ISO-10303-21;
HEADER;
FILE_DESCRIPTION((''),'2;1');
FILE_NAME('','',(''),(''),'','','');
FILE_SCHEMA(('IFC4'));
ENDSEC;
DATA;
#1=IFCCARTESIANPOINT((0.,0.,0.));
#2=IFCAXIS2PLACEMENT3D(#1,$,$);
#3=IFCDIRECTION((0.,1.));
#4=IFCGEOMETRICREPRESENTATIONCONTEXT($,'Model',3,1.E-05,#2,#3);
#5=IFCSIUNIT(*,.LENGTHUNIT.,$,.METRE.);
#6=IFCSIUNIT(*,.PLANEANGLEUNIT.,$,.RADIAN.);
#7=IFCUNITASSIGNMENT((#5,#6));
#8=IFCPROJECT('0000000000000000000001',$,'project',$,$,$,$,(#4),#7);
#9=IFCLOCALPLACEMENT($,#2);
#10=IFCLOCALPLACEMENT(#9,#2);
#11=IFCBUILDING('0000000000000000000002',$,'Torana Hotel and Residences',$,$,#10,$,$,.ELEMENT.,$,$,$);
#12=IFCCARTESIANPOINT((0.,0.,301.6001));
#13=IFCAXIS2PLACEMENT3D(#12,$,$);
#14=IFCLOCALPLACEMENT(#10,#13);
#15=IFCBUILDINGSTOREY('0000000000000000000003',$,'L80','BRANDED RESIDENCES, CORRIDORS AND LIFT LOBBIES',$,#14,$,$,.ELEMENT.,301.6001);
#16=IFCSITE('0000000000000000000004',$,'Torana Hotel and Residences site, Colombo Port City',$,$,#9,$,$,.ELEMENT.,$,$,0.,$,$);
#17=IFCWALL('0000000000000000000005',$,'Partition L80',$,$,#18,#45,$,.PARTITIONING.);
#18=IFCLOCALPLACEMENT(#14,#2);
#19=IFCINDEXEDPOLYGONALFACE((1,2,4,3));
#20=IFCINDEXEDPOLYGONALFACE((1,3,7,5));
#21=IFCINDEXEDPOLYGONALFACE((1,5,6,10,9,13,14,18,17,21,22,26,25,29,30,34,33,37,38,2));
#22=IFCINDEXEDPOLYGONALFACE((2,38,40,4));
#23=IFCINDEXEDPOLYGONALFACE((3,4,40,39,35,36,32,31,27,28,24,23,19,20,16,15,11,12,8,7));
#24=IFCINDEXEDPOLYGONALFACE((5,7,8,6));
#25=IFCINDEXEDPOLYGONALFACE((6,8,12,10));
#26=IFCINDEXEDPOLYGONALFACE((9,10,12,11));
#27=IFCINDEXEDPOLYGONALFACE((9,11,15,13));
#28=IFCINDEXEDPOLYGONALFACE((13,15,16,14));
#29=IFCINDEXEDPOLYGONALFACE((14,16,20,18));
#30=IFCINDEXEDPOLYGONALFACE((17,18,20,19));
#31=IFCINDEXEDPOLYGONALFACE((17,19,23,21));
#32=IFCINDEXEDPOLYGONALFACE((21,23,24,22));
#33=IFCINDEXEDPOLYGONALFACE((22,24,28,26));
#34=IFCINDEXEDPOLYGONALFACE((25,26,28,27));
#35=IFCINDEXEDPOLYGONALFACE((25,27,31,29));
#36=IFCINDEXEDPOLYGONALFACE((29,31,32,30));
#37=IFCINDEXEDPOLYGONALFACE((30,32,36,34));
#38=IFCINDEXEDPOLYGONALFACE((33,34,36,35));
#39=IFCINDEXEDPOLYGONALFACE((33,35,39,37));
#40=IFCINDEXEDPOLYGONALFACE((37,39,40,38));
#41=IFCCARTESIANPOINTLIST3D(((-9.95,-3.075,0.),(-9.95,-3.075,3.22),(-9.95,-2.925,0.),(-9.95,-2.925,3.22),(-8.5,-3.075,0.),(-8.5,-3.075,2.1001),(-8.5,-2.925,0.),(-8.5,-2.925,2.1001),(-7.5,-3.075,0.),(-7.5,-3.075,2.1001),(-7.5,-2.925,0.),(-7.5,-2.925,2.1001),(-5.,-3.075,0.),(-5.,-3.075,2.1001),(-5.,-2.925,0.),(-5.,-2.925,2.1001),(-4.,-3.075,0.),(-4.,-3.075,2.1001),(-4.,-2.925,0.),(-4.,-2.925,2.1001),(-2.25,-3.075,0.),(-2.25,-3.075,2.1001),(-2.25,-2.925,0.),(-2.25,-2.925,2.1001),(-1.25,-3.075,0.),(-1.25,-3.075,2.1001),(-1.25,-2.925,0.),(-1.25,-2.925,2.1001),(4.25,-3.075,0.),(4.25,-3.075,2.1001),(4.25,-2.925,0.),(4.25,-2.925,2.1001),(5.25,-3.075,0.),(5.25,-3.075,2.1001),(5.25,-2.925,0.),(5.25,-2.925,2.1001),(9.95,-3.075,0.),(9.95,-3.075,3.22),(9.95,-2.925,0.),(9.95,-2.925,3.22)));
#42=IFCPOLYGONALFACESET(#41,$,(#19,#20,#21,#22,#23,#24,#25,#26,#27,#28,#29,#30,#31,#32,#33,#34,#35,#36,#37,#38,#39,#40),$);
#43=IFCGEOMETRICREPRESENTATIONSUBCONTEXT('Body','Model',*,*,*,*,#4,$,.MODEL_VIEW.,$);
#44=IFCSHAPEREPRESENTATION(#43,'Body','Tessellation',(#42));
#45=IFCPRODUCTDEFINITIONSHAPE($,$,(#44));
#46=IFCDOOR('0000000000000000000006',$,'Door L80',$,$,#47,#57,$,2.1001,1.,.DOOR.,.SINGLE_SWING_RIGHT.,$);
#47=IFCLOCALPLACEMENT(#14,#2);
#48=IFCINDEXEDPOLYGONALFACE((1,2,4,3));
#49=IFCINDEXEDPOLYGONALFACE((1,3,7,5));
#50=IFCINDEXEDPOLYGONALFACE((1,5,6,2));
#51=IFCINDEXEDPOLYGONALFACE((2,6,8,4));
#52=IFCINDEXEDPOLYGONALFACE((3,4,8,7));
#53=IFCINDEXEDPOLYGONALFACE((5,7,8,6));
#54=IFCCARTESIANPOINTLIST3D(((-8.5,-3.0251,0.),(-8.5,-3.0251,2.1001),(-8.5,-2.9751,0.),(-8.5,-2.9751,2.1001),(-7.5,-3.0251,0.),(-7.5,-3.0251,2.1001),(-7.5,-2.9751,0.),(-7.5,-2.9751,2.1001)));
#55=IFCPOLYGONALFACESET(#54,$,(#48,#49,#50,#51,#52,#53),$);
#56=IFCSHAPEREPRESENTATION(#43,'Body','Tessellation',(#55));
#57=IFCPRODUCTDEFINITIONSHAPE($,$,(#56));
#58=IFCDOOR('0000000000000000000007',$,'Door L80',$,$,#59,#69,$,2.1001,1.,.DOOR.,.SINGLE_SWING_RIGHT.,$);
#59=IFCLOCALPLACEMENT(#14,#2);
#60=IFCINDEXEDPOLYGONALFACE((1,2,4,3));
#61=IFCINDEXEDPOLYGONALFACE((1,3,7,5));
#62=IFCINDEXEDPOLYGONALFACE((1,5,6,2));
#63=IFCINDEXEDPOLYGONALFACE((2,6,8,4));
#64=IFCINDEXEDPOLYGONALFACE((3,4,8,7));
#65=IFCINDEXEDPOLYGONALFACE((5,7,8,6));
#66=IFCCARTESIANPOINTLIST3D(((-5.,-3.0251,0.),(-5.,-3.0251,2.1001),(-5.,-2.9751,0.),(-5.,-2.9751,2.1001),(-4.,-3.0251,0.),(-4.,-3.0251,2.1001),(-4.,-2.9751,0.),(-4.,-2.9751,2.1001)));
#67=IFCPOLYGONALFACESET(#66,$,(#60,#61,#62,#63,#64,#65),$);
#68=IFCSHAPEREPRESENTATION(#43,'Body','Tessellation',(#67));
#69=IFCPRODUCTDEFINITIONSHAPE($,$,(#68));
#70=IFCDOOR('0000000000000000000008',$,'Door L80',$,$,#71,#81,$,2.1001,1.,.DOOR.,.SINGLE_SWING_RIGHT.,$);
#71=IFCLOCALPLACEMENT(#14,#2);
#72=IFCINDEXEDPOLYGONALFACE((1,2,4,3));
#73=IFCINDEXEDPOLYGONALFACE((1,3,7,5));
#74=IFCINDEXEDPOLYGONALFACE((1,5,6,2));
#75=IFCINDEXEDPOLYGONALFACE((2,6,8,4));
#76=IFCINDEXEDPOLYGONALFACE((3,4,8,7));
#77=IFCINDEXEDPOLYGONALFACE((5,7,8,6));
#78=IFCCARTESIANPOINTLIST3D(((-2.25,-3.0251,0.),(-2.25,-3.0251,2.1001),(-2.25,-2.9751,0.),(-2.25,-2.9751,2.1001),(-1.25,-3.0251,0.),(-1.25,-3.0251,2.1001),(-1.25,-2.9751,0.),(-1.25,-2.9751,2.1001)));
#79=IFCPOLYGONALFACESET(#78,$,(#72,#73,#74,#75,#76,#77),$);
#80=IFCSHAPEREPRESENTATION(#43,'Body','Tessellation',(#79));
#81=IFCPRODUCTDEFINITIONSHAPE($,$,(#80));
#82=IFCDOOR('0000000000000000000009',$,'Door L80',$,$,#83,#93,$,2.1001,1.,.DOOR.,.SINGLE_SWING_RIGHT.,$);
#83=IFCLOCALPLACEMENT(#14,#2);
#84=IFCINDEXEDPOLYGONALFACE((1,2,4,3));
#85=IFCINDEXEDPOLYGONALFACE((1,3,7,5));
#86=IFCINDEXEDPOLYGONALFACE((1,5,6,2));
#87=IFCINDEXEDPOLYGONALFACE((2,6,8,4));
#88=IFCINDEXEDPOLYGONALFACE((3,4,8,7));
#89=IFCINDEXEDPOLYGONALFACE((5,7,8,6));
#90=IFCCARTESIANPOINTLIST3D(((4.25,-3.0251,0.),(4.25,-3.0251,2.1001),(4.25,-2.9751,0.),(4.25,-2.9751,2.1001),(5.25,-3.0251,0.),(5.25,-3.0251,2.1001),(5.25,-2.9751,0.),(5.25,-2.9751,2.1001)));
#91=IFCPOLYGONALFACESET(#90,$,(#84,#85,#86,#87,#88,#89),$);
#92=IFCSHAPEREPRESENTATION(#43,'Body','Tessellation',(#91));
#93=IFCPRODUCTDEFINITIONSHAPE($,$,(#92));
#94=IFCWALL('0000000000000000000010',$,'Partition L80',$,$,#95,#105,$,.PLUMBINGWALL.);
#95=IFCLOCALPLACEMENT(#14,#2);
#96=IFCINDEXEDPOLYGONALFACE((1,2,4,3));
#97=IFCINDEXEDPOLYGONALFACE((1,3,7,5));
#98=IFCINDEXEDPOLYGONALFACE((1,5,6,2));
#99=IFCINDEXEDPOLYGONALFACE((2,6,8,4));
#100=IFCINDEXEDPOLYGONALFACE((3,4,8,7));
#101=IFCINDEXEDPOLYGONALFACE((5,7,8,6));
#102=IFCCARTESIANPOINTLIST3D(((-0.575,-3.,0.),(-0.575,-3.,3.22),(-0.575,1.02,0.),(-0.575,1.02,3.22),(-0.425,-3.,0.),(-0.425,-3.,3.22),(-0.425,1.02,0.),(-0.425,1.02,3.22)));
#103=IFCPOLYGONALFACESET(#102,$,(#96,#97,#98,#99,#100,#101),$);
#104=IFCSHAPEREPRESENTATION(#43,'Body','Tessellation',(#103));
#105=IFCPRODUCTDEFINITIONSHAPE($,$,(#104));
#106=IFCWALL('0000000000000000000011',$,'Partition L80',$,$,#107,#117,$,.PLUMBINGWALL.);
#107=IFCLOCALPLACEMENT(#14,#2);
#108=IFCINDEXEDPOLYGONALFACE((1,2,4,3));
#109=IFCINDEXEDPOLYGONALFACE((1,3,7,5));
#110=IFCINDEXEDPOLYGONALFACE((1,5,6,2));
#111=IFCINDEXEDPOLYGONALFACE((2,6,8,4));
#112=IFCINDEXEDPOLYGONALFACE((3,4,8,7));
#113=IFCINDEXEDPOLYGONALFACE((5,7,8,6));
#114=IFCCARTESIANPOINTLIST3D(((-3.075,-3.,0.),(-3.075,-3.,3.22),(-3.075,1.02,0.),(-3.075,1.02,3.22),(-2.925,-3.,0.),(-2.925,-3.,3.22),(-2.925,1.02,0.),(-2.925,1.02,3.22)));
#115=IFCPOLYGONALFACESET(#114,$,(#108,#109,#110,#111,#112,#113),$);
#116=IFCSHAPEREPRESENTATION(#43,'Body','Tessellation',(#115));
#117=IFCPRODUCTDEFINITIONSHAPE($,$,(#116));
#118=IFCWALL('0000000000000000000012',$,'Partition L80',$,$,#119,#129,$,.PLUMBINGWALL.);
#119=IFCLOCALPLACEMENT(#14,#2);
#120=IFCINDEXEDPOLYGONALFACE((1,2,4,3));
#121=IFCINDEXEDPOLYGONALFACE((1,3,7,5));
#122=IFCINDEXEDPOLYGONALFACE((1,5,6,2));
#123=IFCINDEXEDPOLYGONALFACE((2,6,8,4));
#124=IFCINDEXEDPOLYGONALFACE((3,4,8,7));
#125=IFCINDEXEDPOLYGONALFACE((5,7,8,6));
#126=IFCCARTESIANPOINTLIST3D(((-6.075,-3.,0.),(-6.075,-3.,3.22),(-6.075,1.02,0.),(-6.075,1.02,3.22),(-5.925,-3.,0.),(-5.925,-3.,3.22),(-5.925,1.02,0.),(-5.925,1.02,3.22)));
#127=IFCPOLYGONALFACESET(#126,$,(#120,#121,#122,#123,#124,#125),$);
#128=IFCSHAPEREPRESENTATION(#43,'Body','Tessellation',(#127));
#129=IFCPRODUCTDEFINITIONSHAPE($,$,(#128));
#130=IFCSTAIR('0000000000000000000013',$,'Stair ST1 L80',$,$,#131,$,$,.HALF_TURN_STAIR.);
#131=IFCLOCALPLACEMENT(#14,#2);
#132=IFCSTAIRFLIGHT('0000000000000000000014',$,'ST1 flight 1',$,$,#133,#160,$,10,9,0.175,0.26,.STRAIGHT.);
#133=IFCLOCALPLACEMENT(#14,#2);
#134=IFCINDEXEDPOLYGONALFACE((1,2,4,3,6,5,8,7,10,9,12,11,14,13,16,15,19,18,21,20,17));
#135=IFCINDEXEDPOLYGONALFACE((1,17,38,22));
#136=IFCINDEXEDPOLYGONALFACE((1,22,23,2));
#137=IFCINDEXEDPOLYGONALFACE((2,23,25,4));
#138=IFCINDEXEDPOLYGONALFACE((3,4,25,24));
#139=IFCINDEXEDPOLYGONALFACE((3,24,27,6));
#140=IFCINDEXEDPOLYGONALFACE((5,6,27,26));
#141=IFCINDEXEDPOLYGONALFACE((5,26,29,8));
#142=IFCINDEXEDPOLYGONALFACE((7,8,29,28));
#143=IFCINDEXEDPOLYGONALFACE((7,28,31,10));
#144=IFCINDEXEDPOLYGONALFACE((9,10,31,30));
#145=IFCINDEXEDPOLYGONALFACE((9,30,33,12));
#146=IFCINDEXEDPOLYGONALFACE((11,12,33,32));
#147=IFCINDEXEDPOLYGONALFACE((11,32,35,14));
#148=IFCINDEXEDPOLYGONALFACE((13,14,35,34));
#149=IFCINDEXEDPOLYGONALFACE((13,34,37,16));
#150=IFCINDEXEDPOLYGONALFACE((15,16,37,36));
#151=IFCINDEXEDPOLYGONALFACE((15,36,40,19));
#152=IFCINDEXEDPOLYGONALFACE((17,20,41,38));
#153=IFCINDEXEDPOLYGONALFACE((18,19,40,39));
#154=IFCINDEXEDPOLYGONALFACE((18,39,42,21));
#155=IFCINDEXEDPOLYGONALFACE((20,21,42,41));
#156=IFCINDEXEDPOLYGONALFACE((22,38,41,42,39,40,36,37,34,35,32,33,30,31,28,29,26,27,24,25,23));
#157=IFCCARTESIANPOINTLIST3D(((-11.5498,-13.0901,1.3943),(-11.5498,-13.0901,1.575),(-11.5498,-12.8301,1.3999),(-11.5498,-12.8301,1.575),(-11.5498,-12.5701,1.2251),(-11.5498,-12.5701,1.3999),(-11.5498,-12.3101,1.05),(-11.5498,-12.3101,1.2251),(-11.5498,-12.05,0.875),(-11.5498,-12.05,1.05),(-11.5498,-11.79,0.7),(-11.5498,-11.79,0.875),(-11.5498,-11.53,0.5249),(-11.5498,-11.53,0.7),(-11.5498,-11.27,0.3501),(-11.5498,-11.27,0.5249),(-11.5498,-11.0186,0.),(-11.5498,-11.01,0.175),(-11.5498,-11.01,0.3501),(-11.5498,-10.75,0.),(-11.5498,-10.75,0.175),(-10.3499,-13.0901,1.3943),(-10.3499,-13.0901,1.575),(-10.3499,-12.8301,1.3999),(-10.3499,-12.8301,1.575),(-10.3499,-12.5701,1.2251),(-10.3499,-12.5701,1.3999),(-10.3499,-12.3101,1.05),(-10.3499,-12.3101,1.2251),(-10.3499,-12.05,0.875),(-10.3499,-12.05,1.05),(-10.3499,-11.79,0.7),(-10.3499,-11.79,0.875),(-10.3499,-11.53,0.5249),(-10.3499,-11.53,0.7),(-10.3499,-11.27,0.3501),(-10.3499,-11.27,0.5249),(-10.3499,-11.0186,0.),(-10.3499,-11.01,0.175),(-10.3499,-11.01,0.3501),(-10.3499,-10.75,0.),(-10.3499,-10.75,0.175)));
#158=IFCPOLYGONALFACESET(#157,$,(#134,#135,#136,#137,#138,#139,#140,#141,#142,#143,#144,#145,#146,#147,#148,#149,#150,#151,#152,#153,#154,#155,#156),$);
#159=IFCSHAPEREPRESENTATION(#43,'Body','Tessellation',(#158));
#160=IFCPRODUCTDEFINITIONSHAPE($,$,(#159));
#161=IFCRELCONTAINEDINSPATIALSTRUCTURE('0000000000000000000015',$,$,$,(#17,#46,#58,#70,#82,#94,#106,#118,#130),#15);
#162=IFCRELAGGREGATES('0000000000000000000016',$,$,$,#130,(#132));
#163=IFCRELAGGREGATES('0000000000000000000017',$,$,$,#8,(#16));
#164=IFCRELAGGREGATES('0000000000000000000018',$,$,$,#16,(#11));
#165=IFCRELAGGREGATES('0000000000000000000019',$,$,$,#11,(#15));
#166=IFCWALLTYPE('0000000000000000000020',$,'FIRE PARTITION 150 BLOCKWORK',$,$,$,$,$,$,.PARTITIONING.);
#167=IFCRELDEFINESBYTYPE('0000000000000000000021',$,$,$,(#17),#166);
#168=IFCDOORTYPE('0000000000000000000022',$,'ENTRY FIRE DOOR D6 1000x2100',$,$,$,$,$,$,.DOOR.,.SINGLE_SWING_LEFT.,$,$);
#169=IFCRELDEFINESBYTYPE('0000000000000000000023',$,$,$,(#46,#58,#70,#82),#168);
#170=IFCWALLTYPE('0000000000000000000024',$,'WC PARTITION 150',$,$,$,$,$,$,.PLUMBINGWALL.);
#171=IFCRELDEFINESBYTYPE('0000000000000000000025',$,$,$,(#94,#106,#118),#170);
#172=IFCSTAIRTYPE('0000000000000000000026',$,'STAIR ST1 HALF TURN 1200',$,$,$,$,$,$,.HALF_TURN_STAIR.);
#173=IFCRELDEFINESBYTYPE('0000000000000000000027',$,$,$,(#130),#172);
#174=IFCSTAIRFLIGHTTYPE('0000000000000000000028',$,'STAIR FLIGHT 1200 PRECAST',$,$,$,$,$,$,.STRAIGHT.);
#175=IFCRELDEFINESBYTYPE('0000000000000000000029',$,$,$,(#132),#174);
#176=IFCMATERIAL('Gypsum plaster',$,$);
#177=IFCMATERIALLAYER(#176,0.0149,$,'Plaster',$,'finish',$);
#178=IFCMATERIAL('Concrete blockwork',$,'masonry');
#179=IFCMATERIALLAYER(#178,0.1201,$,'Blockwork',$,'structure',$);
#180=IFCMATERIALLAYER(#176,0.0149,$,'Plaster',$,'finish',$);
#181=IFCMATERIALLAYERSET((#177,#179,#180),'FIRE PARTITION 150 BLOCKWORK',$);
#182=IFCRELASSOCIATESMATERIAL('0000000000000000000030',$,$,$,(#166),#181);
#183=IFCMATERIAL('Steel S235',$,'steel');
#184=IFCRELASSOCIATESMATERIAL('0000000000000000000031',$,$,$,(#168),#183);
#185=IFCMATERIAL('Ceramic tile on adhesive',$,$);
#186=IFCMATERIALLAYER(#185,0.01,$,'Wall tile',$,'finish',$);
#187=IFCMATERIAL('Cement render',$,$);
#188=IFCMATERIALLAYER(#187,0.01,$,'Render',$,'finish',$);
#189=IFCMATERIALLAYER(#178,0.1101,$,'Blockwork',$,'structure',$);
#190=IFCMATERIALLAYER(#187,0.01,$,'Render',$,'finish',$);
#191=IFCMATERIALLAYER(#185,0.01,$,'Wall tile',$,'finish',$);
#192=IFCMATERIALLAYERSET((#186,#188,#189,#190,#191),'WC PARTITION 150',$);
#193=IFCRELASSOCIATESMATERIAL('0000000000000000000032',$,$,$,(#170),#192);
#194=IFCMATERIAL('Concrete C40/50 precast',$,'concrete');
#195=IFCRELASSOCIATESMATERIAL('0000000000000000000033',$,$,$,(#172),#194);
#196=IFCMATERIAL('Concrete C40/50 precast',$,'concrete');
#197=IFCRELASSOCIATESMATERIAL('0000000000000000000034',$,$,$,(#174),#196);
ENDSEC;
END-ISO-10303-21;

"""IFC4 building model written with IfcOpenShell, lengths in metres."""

from ifc_helpers import new_model, si_unit, direction, frame, frame_2d, origin, place, context, subcontext, project, spatial, polyline, rectangle, outline, extrude, material, layer, layer_set, type_object, element, fill, aggregate, save


model = new_model("IFC4")

# Units and contexts
model_context = context("Model", 3, precision=1e-05, world=origin(), true_north=direction((0.0, 1.0)))
body_context = subcontext(model_context, "Body", "Model", "MODEL_VIEW")
ifc_project = project(units=[si_unit("LENGTHUNIT", "METRE"), si_unit("PLANEANGLEUNIT", "RADIAN")], contexts=[model_context])

# Site, building, storey
site_placement = place(None, origin())
site = spatial("IfcSite", under=ifc_project, at=site_placement, Name="Torana Hotel and Residences site, Colombo Port City", CompositionType="ELEMENT", RefElevation=0.0)
building_placement = place(site_placement, origin())
building = spatial("IfcBuilding", under=site, at=building_placement, Name="Torana Hotel and Residences", CompositionType="ELEMENT")
storey_placement = place(building_placement, frame((0.0, 0.0, 301.6001)))
storey = spatial("IfcBuildingStorey", under=building, at=storey_placement, Name="L80", Description="BRANDED RESIDENCES, CORRIDORS AND LIFT LOBBIES", CompositionType="ELEMENT", Elevation=301.6001)

# Shared definitions
ifc_material_1 = material(Name="Gypsum plaster")
ifc_layer_1 = layer(ifc_material_1, 0.0149, Name="Plaster", Category="finish")
ifc_material_2 = material(Name="Concrete blockwork", Category="masonry")
ifc_layer_2 = layer(ifc_material_2, 0.1201, Name="Blockwork", Category="structure")
ifc_layer_3 = layer(ifc_material_1, 0.0149, Name="Plaster", Category="finish")
ifc_layer_set_1 = layer_set([ifc_layer_1, ifc_layer_2, ifc_layer_3], Name="FIRE PARTITION 150 BLOCKWORK")
wall_type_1 = type_object("IfcWallType", Name="FIRE PARTITION 150 BLOCKWORK", PredefinedType="PARTITIONING", material=ifc_layer_set_1)

# Wall, openings, doors
ifc_material_3 = material(Name="Steel S235", Category="steel")
door_type = type_object("IfcDoorType", Name="ENTRY FIRE DOOR D6 1000x2100", OperationType="SINGLE_SWING_LEFT", PredefinedType="DOOR", material=ifc_material_3)
wall_1_placement = place(storey_placement, frame((-9.95, -3.0, 0.0), z_axis=(0.0, 0.0, 1.0), x_axis=(1.0, 0.0, 0.0)))
wall_1 = element("IfcWall", 1, at=wall_1_placement, inside=storey, type_object=wall_type_1, Name="Partition L80", PredefinedType="PARTITIONING", context=body_context, shape_type="SweptSolid", body=[
    extrude(rectangle(XDim=19.8999, YDim=0.1499, at=frame_2d((9.95, 0.0))), origin(), (0.0, 0.0, 1.0), 3.22),
])
opening_1_placement = place(wall_1_placement, frame((1.45, 0.0, 0.0)))
opening_1 = element("IfcOpeningElement", 2, at=opening_1_placement, cuts=wall_1, PredefinedType="OPENING", context=body_context, shape_type="SweptSolid", body=[
    extrude(rectangle(XDim=1.0, YDim=2.1001, at=frame_2d((0.5, 1.05))), frame((0.0, 0.085, 0.0), z_axis=(0.0, -1.0, 0.0), x_axis=(1.0, 0.0, 0.0)), (0.0, 0.0, 1.0), 0.1699),
])
opening_2_placement = place(wall_1_placement, frame((4.95, 0.0, 0.0)))
opening_2 = element("IfcOpeningElement", 3, at=opening_2_placement, cuts=wall_1, PredefinedType="OPENING", context=body_context, shape_type="SweptSolid", body=[
    extrude(rectangle(XDim=1.0, YDim=2.1001, at=frame_2d((0.5, 1.05))), frame((0.0, 0.085, 0.0), z_axis=(0.0, -1.0, 0.0), x_axis=(1.0, 0.0, 0.0)), (0.0, 0.0, 1.0), 0.1699),
])
opening_3_placement = place(wall_1_placement, frame((7.7, 0.0, 0.0)))
opening_3 = element("IfcOpeningElement", 4, at=opening_3_placement, cuts=wall_1, PredefinedType="OPENING", context=body_context, shape_type="SweptSolid", body=[
    extrude(rectangle(XDim=1.0, YDim=2.1001, at=frame_2d((0.5, 1.05))), frame((0.0, 0.085, 0.0), z_axis=(0.0, -1.0, 0.0), x_axis=(1.0, 0.0, 0.0)), (0.0, 0.0, 1.0), 0.1699),
])
opening_4_placement = place(wall_1_placement, frame((14.2, 0.0, 0.0)))
opening_4 = element("IfcOpeningElement", 5, at=opening_4_placement, cuts=wall_1, PredefinedType="OPENING", context=body_context, shape_type="SweptSolid", body=[
    extrude(rectangle(XDim=1.0, YDim=2.1001, at=frame_2d((0.5, 1.05))), frame((0.0, 0.085, 0.0), z_axis=(0.0, -1.0, 0.0), x_axis=(1.0, 0.0, 0.0)), (0.0, 0.0, 1.0), 0.1699),
])
door_1_placement = place(opening_1_placement, origin())
door_1 = element("IfcDoor", 6, at=door_1_placement, inside=storey, type_object=door_type, Name="Door L80", OperationType="SINGLE_SWING_RIGHT", OverallHeight=2.1001, OverallWidth=1.0, PredefinedType="DOOR", context=body_context, shape_type="SweptSolid", body=[
    extrude(rectangle(XDim=1.0, YDim=2.1001, at=frame_2d((0.5, 1.05))), frame((0.0, 0.0249, 0.0), z_axis=(0.0, -1.0, 0.0), x_axis=(1.0, 0.0, 0.0)), (0.0, 0.0, 1.0), 0.05),
])
fill(opening_1, door_1)
door_2_placement = place(opening_2_placement, origin())
door_2 = element("IfcDoor", 7, at=door_2_placement, inside=storey, type_object=door_type, Name="Door L80", OperationType="SINGLE_SWING_RIGHT", OverallHeight=2.1001, OverallWidth=1.0, PredefinedType="DOOR", context=body_context, shape_type="SweptSolid", body=[
    extrude(rectangle(XDim=1.0, YDim=2.1001, at=frame_2d((0.5, 1.05))), frame((0.0, 0.0249, 0.0), z_axis=(0.0, -1.0, 0.0), x_axis=(1.0, 0.0, 0.0)), (0.0, 0.0, 1.0), 0.05),
])
fill(opening_2, door_2)
door_3_placement = place(opening_3_placement, origin())
door_3 = element("IfcDoor", 8, at=door_3_placement, inside=storey, type_object=door_type, Name="Door L80", OperationType="SINGLE_SWING_RIGHT", OverallHeight=2.1001, OverallWidth=1.0, PredefinedType="DOOR", context=body_context, shape_type="SweptSolid", body=[
    extrude(rectangle(XDim=1.0, YDim=2.1001, at=frame_2d((0.5, 1.05))), frame((0.0, 0.0249, 0.0), z_axis=(0.0, -1.0, 0.0), x_axis=(1.0, 0.0, 0.0)), (0.0, 0.0, 1.0), 0.05),
])
fill(opening_3, door_3)
door_4_placement = place(opening_4_placement, origin())
door_4 = element("IfcDoor", 9, at=door_4_placement, inside=storey, type_object=door_type, Name="Door L80", OperationType="SINGLE_SWING_RIGHT", OverallHeight=2.1001, OverallWidth=1.0, PredefinedType="DOOR", context=body_context, shape_type="SweptSolid", body=[
    extrude(rectangle(XDim=1.0, YDim=2.1001, at=frame_2d((0.5, 1.05))), frame((0.0, 0.0249, 0.0), z_axis=(0.0, -1.0, 0.0), x_axis=(1.0, 0.0, 0.0)), (0.0, 0.0, 1.0), 0.05),
])
fill(opening_4, door_4)

# Walls
ifc_material_4 = material(Name="Ceramic tile on adhesive")
ifc_layer_4 = layer(ifc_material_4, 0.01, Name="Wall tile", Category="finish")
ifc_material_5 = material(Name="Cement render")
ifc_layer_5 = layer(ifc_material_5, 0.01, Name="Render", Category="finish")
ifc_layer_6 = layer(ifc_material_2, 0.1101, Name="Blockwork", Category="structure")
ifc_layer_7 = layer(ifc_material_5, 0.01, Name="Render", Category="finish")
ifc_layer_8 = layer(ifc_material_4, 0.01, Name="Wall tile", Category="finish")
ifc_layer_set_2 = layer_set([ifc_layer_4, ifc_layer_5, ifc_layer_6, ifc_layer_7, ifc_layer_8], Name="WC PARTITION 150")
wall_type_2 = type_object("IfcWallType", Name="WC PARTITION 150", PredefinedType="PLUMBINGWALL", material=ifc_layer_set_2)
for number, where, z_axis, x_axis, name in (
    (10, (-0.5, -3.0, 0.0), (0.0, 0.0, 1.0), (0.0, 1.0, 0.0), "Partition L80"),
    (11, (-3.0, -3.0, 0.0), (0.0, 0.0, 1.0), (0.0, 1.0, 0.0), "Partition L80"),
    (12, (-6.0, -3.0, 0.0), (0.0, 0.0, 1.0), (0.0, 1.0, 0.0), "Partition L80"),
):
    element("IfcWall", number, at=place(storey_placement, frame(where, z_axis=z_axis, x_axis=x_axis)), inside=storey, type_object=wall_type_2, Name=name, PredefinedType="PLUMBINGWALL", context=body_context, shape_type="SweptSolid", body=[
        extrude(rectangle(XDim=4.02, YDim=0.1499, at=frame_2d((2.01, 0.0))), origin(), (0.0, 0.0, 1.0), 3.22),
    ])

# Stair, stair flight
ifc_material_6 = material(Name="Concrete C40/50 precast", Category="concrete")
stair_type = type_object("IfcStairType", Name="STAIR ST1 HALF TURN 1200", PredefinedType="HALF_TURN_STAIR", material=ifc_material_6)
stair_placement = place(storey_placement, origin())
stair = element("IfcStair", 13, at=stair_placement, inside=storey, type_object=stair_type, Name="Stair ST1 L80", PredefinedType="HALF_TURN_STAIR")
ifc_material_7 = material(Name="Concrete C40/50 precast", Category="concrete")
stair_flight_type = type_object("IfcStairFlightType", Name="STAIR FLIGHT 1200 PRECAST", PredefinedType="STRAIGHT", material=ifc_material_7)
stair_flight_placement = place(storey_placement, frame((-10.95, -10.75, 0.0), z_axis=(0.0, 0.0, 1.0), x_axis=(0.0, -1.0, 0.0)))
stair_flight = element("IfcStairFlight", 14, at=stair_flight_placement, type_object=stair_flight_type, Name="ST1 flight 1", NumberOfRisers=10, NumberOfTreads=9, PredefinedType="STRAIGHT", RiserHeight=0.175, TreadLength=0.26, context=body_context, shape_type="SweptSolid", body=[
    extrude(outline(polyline([(0.0, 0.0), (0.0, 0.175), (0.26, 0.175), (0.26, 0.3501), (0.52, 0.3501), (0.52, 0.5249), (0.78, 0.5249), (0.78, 0.7), (1.04, 0.7), (1.04, 0.875), (1.3, 0.875), (1.3, 1.05), (1.5601, 1.05), (1.5601, 1.2251), (1.8201, 1.2251), (1.8201, 1.3999), (2.0801, 1.3999), (2.0801, 1.575), (2.3401, 1.575), (2.3401, 1.75), (2.3401, 1.3943), (0.2686, 0.0), (0.0, 0.0)])), frame((0.0, 0.6001, 0.0), z_axis=(0.0, -1.0, 0.0), x_axis=(1.0, 0.0, 0.0)), (0.0, 0.0, 1.0), 1.2),
])
aggregate(stair, [stair_flight])

save(model, "model.ifc")
